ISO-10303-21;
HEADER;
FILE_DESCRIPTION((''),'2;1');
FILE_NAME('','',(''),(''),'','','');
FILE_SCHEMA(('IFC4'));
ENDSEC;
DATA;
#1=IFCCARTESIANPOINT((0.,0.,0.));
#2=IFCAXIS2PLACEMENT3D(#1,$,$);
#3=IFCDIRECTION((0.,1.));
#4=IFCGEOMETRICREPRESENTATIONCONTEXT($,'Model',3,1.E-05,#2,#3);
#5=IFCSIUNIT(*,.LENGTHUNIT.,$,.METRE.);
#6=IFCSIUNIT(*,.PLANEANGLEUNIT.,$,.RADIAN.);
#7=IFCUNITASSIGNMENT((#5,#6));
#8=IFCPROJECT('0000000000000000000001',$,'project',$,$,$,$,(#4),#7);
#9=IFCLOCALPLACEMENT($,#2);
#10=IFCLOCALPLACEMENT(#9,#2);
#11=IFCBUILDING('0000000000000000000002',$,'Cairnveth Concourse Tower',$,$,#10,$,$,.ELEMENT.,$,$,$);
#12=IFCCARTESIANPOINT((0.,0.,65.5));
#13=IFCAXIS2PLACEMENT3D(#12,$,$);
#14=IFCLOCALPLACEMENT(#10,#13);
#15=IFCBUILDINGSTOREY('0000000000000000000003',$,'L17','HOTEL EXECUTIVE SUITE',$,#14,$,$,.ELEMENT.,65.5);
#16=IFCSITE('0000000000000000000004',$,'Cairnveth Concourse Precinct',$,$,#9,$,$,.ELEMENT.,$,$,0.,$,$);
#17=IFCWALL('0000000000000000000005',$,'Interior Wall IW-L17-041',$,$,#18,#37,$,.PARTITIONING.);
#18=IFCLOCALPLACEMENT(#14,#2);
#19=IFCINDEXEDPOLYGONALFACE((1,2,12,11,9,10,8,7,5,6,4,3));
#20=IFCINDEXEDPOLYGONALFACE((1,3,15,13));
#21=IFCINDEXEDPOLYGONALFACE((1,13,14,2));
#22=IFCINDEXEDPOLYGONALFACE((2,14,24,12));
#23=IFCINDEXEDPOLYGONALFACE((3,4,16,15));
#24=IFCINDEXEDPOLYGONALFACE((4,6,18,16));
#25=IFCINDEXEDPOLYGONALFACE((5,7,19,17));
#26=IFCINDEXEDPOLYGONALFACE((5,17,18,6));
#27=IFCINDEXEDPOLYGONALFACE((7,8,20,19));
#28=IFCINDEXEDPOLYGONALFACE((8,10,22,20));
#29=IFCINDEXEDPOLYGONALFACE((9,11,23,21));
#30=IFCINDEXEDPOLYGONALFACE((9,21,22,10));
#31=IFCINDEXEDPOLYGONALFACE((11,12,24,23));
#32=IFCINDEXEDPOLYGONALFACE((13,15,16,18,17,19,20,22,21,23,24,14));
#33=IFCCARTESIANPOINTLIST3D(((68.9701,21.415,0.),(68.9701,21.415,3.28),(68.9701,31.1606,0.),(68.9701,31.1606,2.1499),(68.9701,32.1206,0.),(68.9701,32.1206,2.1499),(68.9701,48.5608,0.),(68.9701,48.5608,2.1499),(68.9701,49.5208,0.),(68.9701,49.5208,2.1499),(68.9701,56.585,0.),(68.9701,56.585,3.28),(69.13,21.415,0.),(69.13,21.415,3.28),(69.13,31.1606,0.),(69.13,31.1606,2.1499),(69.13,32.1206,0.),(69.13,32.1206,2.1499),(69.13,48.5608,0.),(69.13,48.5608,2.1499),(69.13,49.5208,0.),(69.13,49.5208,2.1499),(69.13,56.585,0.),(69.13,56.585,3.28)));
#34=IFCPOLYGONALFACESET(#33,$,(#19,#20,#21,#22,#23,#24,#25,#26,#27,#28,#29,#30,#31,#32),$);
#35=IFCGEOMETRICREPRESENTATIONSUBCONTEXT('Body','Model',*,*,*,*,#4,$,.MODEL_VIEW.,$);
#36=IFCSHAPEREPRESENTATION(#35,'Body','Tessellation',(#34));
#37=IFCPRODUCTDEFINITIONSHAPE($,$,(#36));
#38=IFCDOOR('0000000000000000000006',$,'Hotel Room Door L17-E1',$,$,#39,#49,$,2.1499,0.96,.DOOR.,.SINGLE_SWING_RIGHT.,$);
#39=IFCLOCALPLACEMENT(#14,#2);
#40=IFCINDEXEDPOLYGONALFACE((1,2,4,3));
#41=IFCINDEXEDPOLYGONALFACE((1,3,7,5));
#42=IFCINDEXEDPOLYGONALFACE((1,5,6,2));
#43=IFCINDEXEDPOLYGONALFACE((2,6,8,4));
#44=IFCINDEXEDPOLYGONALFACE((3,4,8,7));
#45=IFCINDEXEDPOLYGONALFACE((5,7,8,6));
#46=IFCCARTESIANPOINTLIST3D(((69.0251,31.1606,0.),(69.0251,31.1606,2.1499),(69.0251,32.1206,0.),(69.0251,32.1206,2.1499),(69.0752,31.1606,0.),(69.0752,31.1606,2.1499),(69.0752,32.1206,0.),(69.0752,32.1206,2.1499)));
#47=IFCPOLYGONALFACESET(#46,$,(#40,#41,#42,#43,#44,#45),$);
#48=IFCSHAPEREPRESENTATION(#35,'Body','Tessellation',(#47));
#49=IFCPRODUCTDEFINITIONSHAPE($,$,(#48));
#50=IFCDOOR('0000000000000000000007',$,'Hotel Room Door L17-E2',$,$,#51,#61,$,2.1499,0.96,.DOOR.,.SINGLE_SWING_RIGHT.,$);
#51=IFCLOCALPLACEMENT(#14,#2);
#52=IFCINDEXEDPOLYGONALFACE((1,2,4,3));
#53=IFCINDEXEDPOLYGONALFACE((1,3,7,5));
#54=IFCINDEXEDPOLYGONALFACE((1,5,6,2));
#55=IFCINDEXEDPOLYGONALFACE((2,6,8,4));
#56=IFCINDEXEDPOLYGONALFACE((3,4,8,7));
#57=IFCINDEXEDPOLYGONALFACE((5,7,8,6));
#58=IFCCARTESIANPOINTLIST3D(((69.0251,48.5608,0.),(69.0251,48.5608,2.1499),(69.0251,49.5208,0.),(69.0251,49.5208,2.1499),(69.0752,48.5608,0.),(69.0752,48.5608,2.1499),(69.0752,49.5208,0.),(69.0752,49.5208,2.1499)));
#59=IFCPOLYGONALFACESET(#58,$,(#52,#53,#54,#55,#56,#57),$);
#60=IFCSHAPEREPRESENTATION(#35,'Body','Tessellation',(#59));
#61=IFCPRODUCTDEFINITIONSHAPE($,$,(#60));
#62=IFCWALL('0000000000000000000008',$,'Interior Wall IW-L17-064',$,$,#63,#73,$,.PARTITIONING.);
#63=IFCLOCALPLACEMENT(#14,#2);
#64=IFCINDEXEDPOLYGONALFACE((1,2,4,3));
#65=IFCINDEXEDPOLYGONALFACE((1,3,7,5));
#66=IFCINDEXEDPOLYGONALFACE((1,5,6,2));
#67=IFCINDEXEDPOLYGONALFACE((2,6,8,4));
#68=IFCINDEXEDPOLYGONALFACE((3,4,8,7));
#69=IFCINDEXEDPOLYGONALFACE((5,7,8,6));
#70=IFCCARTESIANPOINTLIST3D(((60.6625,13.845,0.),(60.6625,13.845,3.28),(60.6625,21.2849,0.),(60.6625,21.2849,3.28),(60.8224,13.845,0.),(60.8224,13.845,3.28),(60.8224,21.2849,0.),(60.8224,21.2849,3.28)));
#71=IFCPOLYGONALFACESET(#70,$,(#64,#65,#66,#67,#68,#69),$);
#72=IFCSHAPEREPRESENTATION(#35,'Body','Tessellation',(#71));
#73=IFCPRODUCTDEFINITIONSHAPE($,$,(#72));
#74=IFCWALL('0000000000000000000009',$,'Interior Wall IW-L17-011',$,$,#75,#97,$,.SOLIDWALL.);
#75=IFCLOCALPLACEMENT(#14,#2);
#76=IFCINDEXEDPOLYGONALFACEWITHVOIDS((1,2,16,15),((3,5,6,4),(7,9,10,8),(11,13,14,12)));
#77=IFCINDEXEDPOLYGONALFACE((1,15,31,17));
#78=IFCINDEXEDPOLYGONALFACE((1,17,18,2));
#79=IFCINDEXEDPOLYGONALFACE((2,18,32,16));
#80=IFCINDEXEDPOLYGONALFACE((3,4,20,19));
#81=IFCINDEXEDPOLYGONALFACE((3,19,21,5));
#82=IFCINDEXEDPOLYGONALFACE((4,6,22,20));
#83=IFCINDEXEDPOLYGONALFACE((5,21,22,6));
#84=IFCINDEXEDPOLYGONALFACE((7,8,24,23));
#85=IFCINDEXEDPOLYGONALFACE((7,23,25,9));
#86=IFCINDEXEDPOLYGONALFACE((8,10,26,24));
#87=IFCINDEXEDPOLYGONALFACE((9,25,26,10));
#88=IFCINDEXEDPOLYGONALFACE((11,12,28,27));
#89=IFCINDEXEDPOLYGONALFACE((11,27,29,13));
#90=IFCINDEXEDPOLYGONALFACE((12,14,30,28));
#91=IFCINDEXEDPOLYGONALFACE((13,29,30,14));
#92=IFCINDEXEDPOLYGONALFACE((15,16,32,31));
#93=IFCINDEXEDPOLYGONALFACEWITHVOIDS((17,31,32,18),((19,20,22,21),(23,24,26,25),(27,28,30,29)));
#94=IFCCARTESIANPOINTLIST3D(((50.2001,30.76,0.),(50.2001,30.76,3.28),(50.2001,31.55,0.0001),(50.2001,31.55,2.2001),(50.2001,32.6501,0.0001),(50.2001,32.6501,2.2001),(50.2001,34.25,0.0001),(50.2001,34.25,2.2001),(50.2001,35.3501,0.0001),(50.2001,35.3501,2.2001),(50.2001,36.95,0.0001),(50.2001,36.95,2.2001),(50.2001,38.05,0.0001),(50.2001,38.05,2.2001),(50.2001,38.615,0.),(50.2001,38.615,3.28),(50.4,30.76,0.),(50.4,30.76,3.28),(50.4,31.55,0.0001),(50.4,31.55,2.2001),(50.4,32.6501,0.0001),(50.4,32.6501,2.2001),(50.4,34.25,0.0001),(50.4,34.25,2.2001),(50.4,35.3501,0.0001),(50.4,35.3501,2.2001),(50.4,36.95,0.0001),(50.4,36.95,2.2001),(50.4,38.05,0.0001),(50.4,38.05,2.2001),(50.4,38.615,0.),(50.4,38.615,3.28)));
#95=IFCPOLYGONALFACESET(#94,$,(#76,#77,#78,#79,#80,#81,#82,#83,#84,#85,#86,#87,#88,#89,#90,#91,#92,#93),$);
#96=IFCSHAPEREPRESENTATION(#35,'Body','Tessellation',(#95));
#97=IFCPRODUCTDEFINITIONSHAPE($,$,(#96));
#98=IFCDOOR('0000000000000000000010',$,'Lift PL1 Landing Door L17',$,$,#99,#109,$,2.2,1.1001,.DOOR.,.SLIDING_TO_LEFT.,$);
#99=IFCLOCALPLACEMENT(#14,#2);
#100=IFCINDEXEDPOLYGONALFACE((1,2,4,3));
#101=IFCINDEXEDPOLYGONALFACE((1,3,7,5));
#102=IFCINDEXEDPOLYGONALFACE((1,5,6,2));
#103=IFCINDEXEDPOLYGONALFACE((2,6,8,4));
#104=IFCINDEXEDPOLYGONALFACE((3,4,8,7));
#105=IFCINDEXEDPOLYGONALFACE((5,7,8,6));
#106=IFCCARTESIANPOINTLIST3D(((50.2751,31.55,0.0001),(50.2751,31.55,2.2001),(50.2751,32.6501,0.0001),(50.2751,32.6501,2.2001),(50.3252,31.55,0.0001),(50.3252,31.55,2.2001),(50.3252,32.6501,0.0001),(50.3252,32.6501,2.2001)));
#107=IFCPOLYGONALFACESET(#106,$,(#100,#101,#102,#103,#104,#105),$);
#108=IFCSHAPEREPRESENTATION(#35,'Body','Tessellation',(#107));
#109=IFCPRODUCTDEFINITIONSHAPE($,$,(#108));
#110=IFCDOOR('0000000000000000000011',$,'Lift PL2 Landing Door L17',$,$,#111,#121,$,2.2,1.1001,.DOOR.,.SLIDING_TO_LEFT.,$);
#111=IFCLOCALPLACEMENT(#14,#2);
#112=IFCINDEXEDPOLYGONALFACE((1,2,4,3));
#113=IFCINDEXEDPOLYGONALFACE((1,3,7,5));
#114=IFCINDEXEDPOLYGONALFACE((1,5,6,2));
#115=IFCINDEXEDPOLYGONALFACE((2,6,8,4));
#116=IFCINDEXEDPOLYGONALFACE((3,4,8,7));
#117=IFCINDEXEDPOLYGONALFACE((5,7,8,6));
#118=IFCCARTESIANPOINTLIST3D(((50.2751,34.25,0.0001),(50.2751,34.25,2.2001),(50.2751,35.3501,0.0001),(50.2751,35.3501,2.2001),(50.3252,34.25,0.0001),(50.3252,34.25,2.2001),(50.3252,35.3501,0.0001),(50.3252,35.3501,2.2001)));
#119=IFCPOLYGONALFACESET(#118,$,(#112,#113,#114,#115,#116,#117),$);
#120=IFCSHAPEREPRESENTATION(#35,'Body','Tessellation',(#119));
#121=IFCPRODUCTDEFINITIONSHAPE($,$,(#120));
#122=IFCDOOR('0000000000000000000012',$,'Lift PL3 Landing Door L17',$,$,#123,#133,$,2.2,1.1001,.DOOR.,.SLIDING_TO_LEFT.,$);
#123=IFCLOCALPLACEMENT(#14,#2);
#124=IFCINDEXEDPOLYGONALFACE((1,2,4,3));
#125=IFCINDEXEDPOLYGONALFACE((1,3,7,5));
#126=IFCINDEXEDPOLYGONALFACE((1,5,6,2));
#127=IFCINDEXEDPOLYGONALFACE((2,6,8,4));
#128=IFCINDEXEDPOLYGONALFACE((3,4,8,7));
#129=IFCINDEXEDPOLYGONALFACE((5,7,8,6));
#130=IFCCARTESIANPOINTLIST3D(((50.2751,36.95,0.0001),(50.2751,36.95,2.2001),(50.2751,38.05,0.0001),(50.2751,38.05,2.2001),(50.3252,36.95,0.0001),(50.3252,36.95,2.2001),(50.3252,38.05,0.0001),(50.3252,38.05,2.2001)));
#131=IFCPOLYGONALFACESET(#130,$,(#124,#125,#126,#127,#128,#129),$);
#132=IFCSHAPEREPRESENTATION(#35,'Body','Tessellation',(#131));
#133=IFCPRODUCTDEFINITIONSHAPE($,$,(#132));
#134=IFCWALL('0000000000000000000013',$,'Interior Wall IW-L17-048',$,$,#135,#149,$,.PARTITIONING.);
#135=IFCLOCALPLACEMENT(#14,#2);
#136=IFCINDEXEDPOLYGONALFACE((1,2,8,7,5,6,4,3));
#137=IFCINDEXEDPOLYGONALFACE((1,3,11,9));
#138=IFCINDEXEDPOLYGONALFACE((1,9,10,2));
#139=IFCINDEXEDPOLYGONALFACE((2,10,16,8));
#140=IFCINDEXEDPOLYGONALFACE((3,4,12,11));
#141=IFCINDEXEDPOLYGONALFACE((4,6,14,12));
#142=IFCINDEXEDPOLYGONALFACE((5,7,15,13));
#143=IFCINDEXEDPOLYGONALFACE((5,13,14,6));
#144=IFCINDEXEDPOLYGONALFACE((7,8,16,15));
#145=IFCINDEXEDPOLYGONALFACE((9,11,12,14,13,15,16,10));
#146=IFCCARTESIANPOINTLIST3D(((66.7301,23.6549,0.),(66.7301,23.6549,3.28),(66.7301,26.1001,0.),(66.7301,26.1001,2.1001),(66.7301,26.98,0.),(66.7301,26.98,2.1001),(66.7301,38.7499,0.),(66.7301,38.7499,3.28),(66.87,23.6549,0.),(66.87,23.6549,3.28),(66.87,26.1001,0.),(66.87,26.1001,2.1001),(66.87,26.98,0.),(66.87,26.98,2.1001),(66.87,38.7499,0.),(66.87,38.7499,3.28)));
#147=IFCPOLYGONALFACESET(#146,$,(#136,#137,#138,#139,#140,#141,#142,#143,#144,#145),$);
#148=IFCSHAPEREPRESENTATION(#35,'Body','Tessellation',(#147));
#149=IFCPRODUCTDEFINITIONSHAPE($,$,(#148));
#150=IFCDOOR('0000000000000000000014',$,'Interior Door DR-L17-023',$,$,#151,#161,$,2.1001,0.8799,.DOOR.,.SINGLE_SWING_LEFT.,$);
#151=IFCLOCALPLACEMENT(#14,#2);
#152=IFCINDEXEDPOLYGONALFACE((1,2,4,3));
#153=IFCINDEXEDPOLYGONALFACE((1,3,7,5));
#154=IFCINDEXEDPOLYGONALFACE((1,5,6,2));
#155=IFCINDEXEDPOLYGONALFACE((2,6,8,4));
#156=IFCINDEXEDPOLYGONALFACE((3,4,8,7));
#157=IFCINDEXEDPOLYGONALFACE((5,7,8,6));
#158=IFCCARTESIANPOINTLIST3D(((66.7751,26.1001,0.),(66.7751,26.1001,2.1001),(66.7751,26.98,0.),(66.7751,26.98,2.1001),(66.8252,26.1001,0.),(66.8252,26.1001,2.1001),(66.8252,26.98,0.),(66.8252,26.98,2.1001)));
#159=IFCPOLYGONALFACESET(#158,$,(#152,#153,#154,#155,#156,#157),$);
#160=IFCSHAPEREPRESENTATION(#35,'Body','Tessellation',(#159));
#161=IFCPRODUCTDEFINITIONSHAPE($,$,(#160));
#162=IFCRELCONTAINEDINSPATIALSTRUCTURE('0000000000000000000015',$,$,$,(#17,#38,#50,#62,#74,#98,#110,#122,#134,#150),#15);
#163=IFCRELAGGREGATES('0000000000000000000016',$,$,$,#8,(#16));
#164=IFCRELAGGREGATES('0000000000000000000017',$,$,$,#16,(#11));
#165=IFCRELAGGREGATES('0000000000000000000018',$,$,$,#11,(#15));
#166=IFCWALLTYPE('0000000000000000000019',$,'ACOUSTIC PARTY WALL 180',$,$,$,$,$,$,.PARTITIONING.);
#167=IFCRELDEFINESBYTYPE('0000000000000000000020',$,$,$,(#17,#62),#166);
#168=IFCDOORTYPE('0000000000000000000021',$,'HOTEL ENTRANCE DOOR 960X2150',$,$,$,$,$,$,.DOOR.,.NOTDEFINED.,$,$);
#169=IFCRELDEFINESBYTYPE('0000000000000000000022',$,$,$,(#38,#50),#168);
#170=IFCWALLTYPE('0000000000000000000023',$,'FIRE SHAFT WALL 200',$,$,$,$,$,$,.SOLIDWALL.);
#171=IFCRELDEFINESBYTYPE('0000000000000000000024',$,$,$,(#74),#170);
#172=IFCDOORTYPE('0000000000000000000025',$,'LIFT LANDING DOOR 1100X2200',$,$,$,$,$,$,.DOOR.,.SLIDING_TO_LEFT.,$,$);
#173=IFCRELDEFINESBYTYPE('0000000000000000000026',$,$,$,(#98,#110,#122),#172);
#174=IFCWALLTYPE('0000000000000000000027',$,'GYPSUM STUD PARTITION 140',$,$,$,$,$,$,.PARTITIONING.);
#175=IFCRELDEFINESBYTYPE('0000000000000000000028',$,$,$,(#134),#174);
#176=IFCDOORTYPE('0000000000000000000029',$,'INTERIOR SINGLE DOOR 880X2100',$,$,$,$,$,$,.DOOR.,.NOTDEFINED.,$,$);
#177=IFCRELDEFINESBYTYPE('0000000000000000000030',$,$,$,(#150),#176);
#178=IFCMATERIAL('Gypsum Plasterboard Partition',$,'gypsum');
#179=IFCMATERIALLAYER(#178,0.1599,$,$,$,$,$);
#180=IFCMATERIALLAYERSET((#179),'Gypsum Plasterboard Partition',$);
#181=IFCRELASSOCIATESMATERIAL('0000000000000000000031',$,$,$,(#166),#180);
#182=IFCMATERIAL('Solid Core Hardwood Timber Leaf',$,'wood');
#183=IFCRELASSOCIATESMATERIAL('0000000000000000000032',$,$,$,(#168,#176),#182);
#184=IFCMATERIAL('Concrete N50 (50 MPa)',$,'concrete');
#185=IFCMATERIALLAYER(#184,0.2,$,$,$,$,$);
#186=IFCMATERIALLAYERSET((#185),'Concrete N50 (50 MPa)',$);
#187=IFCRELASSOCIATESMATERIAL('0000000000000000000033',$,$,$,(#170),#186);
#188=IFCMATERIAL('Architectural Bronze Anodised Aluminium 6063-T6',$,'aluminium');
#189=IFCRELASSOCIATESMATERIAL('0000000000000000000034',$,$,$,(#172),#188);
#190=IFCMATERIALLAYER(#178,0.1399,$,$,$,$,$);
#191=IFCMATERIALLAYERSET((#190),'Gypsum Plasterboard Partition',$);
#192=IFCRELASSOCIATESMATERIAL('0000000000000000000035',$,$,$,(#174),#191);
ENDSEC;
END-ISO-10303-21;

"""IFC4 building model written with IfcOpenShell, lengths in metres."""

from ifc_helpers import new_model, si_unit, direction, frame, frame_2d, origin, place, context, subcontext, project, spatial, rectangle, extrude, material, layer, layer_set, type_object, element, fill, save


model = new_model("IFC4")

# Units and contexts
model_context = context("Model", 3, precision=1e-05, world=origin(), true_north=direction((0.0, 1.0)))
body_context = subcontext(model_context, "Body", "Model", "MODEL_VIEW")
ifc_project = project(units=[si_unit("LENGTHUNIT", "METRE"), si_unit("PLANEANGLEUNIT", "RADIAN")], contexts=[model_context])

# Site, building, storey
site_placement = place(None, origin())
site = spatial("IfcSite", under=ifc_project, at=site_placement, Name="Cairnveth Concourse Precinct", CompositionType="ELEMENT", RefElevation=0.0)
building_placement = place(site_placement, origin())
building = spatial("IfcBuilding", under=site, at=building_placement, Name="Cairnveth Concourse Tower", CompositionType="ELEMENT")
storey_placement = place(building_placement, frame((0.0, 0.0, 65.5)))
storey = spatial("IfcBuildingStorey", under=building, at=storey_placement, Name="L17", Description="HOTEL EXECUTIVE SUITE", CompositionType="ELEMENT", Elevation=65.5)

# Wall, openings, doors
ifc_material_1 = material(Name="Gypsum Plasterboard Partition", Category="gypsum")
ifc_layer_1 = layer(ifc_material_1, 0.1599)
ifc_layer_set_1 = layer_set([ifc_layer_1], Name="Gypsum Plasterboard Partition")
wall_type_1 = type_object("IfcWallType", Name="ACOUSTIC PARTY WALL 180", PredefinedType="PARTITIONING", material=ifc_layer_set_1)
wall_1_placement = place(storey_placement, frame((69.05, 21.415, 0.0), z_axis=(0.0, 0.0, 1.0), x_axis=(0.0, 1.0, 0.0)))
wall_1 = element("IfcWall", 1, at=wall_1_placement, inside=storey, type_object=wall_type_1, Name="Interior Wall IW-L17-041", PredefinedType="PARTITIONING", context=body_context, shape_type="SweptSolid", body=[
    extrude(rectangle(XDim=35.1699, YDim=0.1599, at=frame_2d((17.585, 0.0))), origin(), (0.0, 0.0, 1.0), 3.28),
])
opening_1_placement = place(wall_1_placement, frame((9.7456, 0.0, 0.0)))
opening_1 = element("IfcOpeningElement", 2, at=opening_1_placement, cuts=wall_1, PredefinedType="OPENING", context=body_context, shape_type="SweptSolid", body=[
    extrude(rectangle(XDim=0.96, YDim=2.1499, at=frame_2d((0.48, 1.075))), frame((0.0, 0.0898, 0.0), z_axis=(0.0, -1.0, 0.0), x_axis=(1.0, 0.0, 0.0)), (0.0, 0.0, 1.0), 0.1799),
])
opening_2_placement = place(wall_1_placement, frame((27.1458, 0.0, 0.0)))
opening_2 = element("IfcOpeningElement", 3, at=opening_2_placement, cuts=wall_1, PredefinedType="OPENING", context=body_context, shape_type="SweptSolid", body=[
    extrude(rectangle(XDim=0.96, YDim=2.1499, at=frame_2d((0.48, 1.075))), frame((0.0, 0.0898, 0.0), z_axis=(0.0, -1.0, 0.0), x_axis=(1.0, 0.0, 0.0)), (0.0, 0.0, 1.0), 0.1799),
])
ifc_material_2 = material(Name="Solid Core Hardwood Timber Leaf", Category="wood")
door_type_1 = type_object("IfcDoorType", Name="HOTEL ENTRANCE DOOR 960X2150", OperationType="NOTDEFINED", PredefinedType="DOOR", material=ifc_material_2)
door_1_placement = place(opening_1_placement, origin())
door_1 = element("IfcDoor", 4, at=door_1_placement, inside=storey, type_object=door_type_1, Name="Hotel Room Door L17-E1", OperationType="SINGLE_SWING_RIGHT", OverallHeight=2.1499, OverallWidth=0.96, PredefinedType="DOOR", context=body_context, shape_type="SweptSolid", body=[
    extrude(rectangle(XDim=0.96, YDim=2.1499, at=frame_2d((0.48, 1.075))), frame((0.0, 0.0249, 0.0), z_axis=(0.0, -1.0, 0.0), x_axis=(1.0, 0.0, 0.0)), (0.0, 0.0, 1.0), 0.05),
])
fill(opening_1, door_1)
door_2_placement = place(opening_2_placement, origin())
door_2 = element("IfcDoor", 5, at=door_2_placement, inside=storey, type_object=door_type_1, Name="Hotel Room Door L17-E2", OperationType="SINGLE_SWING_RIGHT", OverallHeight=2.1499, OverallWidth=0.96, PredefinedType="DOOR", context=body_context, shape_type="SweptSolid", body=[
    extrude(rectangle(XDim=0.96, YDim=2.1499, at=frame_2d((0.48, 1.075))), frame((0.0, 0.0249, 0.0), z_axis=(0.0, -1.0, 0.0), x_axis=(1.0, 0.0, 0.0)), (0.0, 0.0, 1.0), 0.05),
])
fill(opening_2, door_2)

# Wall
wall_2_placement = place(storey_placement, frame((60.7424, 13.845, 0.0), z_axis=(0.0, 0.0, 1.0), x_axis=(0.0, 1.0, 0.0)))
element("IfcWall", 6, at=wall_2_placement, inside=storey, type_object=wall_type_1, Name="Interior Wall IW-L17-064", PredefinedType="PARTITIONING", context=body_context, shape_type="SweptSolid", body=[
    extrude(rectangle(XDim=7.4399, YDim=0.1599, at=frame_2d((3.72, 0.0))), origin(), (0.0, 0.0, 1.0), 3.28),
])

# Wall, openings, doors
ifc_material_3 = material(Name="Concrete N50 (50 MPa)", Category="concrete")
ifc_layer_2 = layer(ifc_material_3, 0.2)
ifc_layer_set_2 = layer_set([ifc_layer_2], Name="Concrete N50 (50 MPa)")
wall_type_2 = type_object("IfcWallType", Name="FIRE SHAFT WALL 200", PredefinedType="SOLIDWALL", material=ifc_layer_set_2)
wall_3_placement = place(storey_placement, frame((50.3, 30.76, 0.0), z_axis=(0.0, 0.0, 1.0), x_axis=(0.0, 1.0, 0.0)))
wall_3 = element("IfcWall", 7, at=wall_3_placement, inside=storey, type_object=wall_type_2, Name="Interior Wall IW-L17-011", PredefinedType="SOLIDWALL", context=body_context, shape_type="SweptSolid", body=[
    extrude(rectangle(XDim=7.855, YDim=0.2, at=frame_2d((3.9275, 0.0))), origin(), (0.0, 0.0, 1.0), 3.28),
])
opening_3_placement = place(wall_3_placement, frame((0.79, 0.0, 0.0)))
opening_3 = element("IfcOpeningElement", 8, at=opening_3_placement, cuts=wall_3, PredefinedType="OPENING", context=body_context, shape_type="SweptSolid", body=[
    extrude(rectangle(XDim=1.1001, YDim=2.2, at=frame_2d((0.55, 1.1001))), frame((0.0, 0.1099, 0.0), z_axis=(0.0, -1.0, 0.0), x_axis=(1.0, 0.0, 0.0)), (0.0, 0.0, 1.0), 0.22),
])
opening_4_placement = place(wall_3_placement, frame((3.49, 0.0, 0.0)))
opening_4 = element("IfcOpeningElement", 9, at=opening_4_placement, cuts=wall_3, PredefinedType="OPENING", context=body_context, shape_type="SweptSolid", body=[
    extrude(rectangle(XDim=1.1001, YDim=2.2, at=frame_2d((0.55, 1.1001))), frame((0.0, 0.1099, 0.0), z_axis=(0.0, -1.0, 0.0), x_axis=(1.0, 0.0, 0.0)), (0.0, 0.0, 1.0), 0.22),
])
opening_5_placement = place(wall_3_placement, frame((6.1899, 0.0, 0.0)))
opening_5 = element("IfcOpeningElement", 10, at=opening_5_placement, cuts=wall_3, PredefinedType="OPENING", context=body_context, shape_type="SweptSolid", body=[
    extrude(rectangle(XDim=1.1001, YDim=2.2, at=frame_2d((0.55, 1.1001))), frame((0.0, 0.1099, 0.0), z_axis=(0.0, -1.0, 0.0), x_axis=(1.0, 0.0, 0.0)), (0.0, 0.0, 1.0), 0.22),
])
ifc_material_4 = material(Name="Architectural Bronze Anodised Aluminium 6063-T6", Category="aluminium")
door_type_2 = type_object("IfcDoorType", Name="LIFT LANDING DOOR 1100X2200", OperationType="SLIDING_TO_LEFT", PredefinedType="DOOR", material=ifc_material_4)
door_3_placement = place(opening_3_placement, origin())
door_3 = element("IfcDoor", 11, at=door_3_placement, inside=storey, type_object=door_type_2, Name="Lift PL1 Landing Door L17", OperationType="SLIDING_TO_LEFT", OverallHeight=2.2, OverallWidth=1.1001, PredefinedType="DOOR", context=body_context, shape_type="SweptSolid", body=[
    extrude(rectangle(XDim=1.1001, YDim=2.2, at=frame_2d((0.55, 1.1001))), frame((0.0, 0.0249, 0.0), z_axis=(0.0, -1.0, 0.0), x_axis=(1.0, 0.0, 0.0)), (0.0, 0.0, 1.0), 0.05),
])
fill(opening_3, door_3)
door_4_placement = place(opening_4_placement, origin())
door_4 = element("IfcDoor", 12, at=door_4_placement, inside=storey, type_object=door_type_2, Name="Lift PL2 Landing Door L17", OperationType="SLIDING_TO_LEFT", OverallHeight=2.2, OverallWidth=1.1001, PredefinedType="DOOR", context=body_context, shape_type="SweptSolid", body=[
    extrude(rectangle(XDim=1.1001, YDim=2.2, at=frame_2d((0.55, 1.1001))), frame((0.0, 0.0249, 0.0), z_axis=(0.0, -1.0, 0.0), x_axis=(1.0, 0.0, 0.0)), (0.0, 0.0, 1.0), 0.05),
])
fill(opening_4, door_4)
door_5_placement = place(opening_5_placement, origin())
door_5 = element("IfcDoor", 13, at=door_5_placement, inside=storey, type_object=door_type_2, Name="Lift PL3 Landing Door L17", OperationType="SLIDING_TO_LEFT", OverallHeight=2.2, OverallWidth=1.1001, PredefinedType="DOOR", context=body_context, shape_type="SweptSolid", body=[
    extrude(rectangle(XDim=1.1001, YDim=2.2, at=frame_2d((0.55, 1.1001))), frame((0.0, 0.0249, 0.0), z_axis=(0.0, -1.0, 0.0), x_axis=(1.0, 0.0, 0.0)), (0.0, 0.0, 1.0), 0.05),
])
fill(opening_5, door_5)

# Wall, opening, door
ifc_layer_3 = layer(ifc_material_1, 0.1399)
ifc_layer_set_3 = layer_set([ifc_layer_3], Name="Gypsum Plasterboard Partition")
wall_type_3 = type_object("IfcWallType", Name="GYPSUM STUD PARTITION 140", PredefinedType="PARTITIONING", material=ifc_layer_set_3)
wall_4_placement = place(storey_placement, frame((66.8, 23.655, 0.0), z_axis=(0.0, 0.0, 1.0), x_axis=(0.0, 1.0, 0.0)))
wall_4 = element("IfcWall", 14, at=wall_4_placement, inside=storey, type_object=wall_type_3, Name="Interior Wall IW-L17-048", PredefinedType="PARTITIONING", context=body_context, shape_type="SweptSolid", body=[
    extrude(rectangle(XDim=15.095, YDim=0.1399, at=frame_2d((7.5474, 0.0))), origin(), (0.0, 0.0, 1.0), 3.28),
])
opening_6_placement = place(wall_4_placement, frame((2.4451, 0.0, 0.0)))
opening_6 = element("IfcOpeningElement", 15, at=opening_6_placement, cuts=wall_4, PredefinedType="OPENING", context=body_context, shape_type="SweptSolid", body=[
    extrude(rectangle(XDim=0.8799, YDim=2.1001, at=frame_2d((0.4399, 1.05))), frame((0.0, 0.0798, 0.0), z_axis=(0.0, -1.0, 0.0), x_axis=(1.0, 0.0, 0.0)), (0.0, 0.0, 1.0), 0.1599),
])
door_type_3 = type_object("IfcDoorType", Name="INTERIOR SINGLE DOOR 880X2100", OperationType="NOTDEFINED", PredefinedType="DOOR", material=ifc_material_2)
door_6_placement = place(opening_6_placement, origin())
door_6 = element("IfcDoor", 16, at=door_6_placement, inside=storey, type_object=door_type_3, Name="Interior Door DR-L17-023", OperationType="SINGLE_SWING_LEFT", OverallHeight=2.1001, OverallWidth=0.8799, PredefinedType="DOOR", context=body_context, shape_type="SweptSolid", body=[
    extrude(rectangle(XDim=0.8799, YDim=2.1001, at=frame_2d((0.4399, 1.05))), frame((0.0, 0.0249, 0.0), z_axis=(0.0, -1.0, 0.0), x_axis=(1.0, 0.0, 0.0)), (0.0, 0.0, 1.0), 0.05),
])
fill(opening_6, door_6)

save(model, "model.ifc")
